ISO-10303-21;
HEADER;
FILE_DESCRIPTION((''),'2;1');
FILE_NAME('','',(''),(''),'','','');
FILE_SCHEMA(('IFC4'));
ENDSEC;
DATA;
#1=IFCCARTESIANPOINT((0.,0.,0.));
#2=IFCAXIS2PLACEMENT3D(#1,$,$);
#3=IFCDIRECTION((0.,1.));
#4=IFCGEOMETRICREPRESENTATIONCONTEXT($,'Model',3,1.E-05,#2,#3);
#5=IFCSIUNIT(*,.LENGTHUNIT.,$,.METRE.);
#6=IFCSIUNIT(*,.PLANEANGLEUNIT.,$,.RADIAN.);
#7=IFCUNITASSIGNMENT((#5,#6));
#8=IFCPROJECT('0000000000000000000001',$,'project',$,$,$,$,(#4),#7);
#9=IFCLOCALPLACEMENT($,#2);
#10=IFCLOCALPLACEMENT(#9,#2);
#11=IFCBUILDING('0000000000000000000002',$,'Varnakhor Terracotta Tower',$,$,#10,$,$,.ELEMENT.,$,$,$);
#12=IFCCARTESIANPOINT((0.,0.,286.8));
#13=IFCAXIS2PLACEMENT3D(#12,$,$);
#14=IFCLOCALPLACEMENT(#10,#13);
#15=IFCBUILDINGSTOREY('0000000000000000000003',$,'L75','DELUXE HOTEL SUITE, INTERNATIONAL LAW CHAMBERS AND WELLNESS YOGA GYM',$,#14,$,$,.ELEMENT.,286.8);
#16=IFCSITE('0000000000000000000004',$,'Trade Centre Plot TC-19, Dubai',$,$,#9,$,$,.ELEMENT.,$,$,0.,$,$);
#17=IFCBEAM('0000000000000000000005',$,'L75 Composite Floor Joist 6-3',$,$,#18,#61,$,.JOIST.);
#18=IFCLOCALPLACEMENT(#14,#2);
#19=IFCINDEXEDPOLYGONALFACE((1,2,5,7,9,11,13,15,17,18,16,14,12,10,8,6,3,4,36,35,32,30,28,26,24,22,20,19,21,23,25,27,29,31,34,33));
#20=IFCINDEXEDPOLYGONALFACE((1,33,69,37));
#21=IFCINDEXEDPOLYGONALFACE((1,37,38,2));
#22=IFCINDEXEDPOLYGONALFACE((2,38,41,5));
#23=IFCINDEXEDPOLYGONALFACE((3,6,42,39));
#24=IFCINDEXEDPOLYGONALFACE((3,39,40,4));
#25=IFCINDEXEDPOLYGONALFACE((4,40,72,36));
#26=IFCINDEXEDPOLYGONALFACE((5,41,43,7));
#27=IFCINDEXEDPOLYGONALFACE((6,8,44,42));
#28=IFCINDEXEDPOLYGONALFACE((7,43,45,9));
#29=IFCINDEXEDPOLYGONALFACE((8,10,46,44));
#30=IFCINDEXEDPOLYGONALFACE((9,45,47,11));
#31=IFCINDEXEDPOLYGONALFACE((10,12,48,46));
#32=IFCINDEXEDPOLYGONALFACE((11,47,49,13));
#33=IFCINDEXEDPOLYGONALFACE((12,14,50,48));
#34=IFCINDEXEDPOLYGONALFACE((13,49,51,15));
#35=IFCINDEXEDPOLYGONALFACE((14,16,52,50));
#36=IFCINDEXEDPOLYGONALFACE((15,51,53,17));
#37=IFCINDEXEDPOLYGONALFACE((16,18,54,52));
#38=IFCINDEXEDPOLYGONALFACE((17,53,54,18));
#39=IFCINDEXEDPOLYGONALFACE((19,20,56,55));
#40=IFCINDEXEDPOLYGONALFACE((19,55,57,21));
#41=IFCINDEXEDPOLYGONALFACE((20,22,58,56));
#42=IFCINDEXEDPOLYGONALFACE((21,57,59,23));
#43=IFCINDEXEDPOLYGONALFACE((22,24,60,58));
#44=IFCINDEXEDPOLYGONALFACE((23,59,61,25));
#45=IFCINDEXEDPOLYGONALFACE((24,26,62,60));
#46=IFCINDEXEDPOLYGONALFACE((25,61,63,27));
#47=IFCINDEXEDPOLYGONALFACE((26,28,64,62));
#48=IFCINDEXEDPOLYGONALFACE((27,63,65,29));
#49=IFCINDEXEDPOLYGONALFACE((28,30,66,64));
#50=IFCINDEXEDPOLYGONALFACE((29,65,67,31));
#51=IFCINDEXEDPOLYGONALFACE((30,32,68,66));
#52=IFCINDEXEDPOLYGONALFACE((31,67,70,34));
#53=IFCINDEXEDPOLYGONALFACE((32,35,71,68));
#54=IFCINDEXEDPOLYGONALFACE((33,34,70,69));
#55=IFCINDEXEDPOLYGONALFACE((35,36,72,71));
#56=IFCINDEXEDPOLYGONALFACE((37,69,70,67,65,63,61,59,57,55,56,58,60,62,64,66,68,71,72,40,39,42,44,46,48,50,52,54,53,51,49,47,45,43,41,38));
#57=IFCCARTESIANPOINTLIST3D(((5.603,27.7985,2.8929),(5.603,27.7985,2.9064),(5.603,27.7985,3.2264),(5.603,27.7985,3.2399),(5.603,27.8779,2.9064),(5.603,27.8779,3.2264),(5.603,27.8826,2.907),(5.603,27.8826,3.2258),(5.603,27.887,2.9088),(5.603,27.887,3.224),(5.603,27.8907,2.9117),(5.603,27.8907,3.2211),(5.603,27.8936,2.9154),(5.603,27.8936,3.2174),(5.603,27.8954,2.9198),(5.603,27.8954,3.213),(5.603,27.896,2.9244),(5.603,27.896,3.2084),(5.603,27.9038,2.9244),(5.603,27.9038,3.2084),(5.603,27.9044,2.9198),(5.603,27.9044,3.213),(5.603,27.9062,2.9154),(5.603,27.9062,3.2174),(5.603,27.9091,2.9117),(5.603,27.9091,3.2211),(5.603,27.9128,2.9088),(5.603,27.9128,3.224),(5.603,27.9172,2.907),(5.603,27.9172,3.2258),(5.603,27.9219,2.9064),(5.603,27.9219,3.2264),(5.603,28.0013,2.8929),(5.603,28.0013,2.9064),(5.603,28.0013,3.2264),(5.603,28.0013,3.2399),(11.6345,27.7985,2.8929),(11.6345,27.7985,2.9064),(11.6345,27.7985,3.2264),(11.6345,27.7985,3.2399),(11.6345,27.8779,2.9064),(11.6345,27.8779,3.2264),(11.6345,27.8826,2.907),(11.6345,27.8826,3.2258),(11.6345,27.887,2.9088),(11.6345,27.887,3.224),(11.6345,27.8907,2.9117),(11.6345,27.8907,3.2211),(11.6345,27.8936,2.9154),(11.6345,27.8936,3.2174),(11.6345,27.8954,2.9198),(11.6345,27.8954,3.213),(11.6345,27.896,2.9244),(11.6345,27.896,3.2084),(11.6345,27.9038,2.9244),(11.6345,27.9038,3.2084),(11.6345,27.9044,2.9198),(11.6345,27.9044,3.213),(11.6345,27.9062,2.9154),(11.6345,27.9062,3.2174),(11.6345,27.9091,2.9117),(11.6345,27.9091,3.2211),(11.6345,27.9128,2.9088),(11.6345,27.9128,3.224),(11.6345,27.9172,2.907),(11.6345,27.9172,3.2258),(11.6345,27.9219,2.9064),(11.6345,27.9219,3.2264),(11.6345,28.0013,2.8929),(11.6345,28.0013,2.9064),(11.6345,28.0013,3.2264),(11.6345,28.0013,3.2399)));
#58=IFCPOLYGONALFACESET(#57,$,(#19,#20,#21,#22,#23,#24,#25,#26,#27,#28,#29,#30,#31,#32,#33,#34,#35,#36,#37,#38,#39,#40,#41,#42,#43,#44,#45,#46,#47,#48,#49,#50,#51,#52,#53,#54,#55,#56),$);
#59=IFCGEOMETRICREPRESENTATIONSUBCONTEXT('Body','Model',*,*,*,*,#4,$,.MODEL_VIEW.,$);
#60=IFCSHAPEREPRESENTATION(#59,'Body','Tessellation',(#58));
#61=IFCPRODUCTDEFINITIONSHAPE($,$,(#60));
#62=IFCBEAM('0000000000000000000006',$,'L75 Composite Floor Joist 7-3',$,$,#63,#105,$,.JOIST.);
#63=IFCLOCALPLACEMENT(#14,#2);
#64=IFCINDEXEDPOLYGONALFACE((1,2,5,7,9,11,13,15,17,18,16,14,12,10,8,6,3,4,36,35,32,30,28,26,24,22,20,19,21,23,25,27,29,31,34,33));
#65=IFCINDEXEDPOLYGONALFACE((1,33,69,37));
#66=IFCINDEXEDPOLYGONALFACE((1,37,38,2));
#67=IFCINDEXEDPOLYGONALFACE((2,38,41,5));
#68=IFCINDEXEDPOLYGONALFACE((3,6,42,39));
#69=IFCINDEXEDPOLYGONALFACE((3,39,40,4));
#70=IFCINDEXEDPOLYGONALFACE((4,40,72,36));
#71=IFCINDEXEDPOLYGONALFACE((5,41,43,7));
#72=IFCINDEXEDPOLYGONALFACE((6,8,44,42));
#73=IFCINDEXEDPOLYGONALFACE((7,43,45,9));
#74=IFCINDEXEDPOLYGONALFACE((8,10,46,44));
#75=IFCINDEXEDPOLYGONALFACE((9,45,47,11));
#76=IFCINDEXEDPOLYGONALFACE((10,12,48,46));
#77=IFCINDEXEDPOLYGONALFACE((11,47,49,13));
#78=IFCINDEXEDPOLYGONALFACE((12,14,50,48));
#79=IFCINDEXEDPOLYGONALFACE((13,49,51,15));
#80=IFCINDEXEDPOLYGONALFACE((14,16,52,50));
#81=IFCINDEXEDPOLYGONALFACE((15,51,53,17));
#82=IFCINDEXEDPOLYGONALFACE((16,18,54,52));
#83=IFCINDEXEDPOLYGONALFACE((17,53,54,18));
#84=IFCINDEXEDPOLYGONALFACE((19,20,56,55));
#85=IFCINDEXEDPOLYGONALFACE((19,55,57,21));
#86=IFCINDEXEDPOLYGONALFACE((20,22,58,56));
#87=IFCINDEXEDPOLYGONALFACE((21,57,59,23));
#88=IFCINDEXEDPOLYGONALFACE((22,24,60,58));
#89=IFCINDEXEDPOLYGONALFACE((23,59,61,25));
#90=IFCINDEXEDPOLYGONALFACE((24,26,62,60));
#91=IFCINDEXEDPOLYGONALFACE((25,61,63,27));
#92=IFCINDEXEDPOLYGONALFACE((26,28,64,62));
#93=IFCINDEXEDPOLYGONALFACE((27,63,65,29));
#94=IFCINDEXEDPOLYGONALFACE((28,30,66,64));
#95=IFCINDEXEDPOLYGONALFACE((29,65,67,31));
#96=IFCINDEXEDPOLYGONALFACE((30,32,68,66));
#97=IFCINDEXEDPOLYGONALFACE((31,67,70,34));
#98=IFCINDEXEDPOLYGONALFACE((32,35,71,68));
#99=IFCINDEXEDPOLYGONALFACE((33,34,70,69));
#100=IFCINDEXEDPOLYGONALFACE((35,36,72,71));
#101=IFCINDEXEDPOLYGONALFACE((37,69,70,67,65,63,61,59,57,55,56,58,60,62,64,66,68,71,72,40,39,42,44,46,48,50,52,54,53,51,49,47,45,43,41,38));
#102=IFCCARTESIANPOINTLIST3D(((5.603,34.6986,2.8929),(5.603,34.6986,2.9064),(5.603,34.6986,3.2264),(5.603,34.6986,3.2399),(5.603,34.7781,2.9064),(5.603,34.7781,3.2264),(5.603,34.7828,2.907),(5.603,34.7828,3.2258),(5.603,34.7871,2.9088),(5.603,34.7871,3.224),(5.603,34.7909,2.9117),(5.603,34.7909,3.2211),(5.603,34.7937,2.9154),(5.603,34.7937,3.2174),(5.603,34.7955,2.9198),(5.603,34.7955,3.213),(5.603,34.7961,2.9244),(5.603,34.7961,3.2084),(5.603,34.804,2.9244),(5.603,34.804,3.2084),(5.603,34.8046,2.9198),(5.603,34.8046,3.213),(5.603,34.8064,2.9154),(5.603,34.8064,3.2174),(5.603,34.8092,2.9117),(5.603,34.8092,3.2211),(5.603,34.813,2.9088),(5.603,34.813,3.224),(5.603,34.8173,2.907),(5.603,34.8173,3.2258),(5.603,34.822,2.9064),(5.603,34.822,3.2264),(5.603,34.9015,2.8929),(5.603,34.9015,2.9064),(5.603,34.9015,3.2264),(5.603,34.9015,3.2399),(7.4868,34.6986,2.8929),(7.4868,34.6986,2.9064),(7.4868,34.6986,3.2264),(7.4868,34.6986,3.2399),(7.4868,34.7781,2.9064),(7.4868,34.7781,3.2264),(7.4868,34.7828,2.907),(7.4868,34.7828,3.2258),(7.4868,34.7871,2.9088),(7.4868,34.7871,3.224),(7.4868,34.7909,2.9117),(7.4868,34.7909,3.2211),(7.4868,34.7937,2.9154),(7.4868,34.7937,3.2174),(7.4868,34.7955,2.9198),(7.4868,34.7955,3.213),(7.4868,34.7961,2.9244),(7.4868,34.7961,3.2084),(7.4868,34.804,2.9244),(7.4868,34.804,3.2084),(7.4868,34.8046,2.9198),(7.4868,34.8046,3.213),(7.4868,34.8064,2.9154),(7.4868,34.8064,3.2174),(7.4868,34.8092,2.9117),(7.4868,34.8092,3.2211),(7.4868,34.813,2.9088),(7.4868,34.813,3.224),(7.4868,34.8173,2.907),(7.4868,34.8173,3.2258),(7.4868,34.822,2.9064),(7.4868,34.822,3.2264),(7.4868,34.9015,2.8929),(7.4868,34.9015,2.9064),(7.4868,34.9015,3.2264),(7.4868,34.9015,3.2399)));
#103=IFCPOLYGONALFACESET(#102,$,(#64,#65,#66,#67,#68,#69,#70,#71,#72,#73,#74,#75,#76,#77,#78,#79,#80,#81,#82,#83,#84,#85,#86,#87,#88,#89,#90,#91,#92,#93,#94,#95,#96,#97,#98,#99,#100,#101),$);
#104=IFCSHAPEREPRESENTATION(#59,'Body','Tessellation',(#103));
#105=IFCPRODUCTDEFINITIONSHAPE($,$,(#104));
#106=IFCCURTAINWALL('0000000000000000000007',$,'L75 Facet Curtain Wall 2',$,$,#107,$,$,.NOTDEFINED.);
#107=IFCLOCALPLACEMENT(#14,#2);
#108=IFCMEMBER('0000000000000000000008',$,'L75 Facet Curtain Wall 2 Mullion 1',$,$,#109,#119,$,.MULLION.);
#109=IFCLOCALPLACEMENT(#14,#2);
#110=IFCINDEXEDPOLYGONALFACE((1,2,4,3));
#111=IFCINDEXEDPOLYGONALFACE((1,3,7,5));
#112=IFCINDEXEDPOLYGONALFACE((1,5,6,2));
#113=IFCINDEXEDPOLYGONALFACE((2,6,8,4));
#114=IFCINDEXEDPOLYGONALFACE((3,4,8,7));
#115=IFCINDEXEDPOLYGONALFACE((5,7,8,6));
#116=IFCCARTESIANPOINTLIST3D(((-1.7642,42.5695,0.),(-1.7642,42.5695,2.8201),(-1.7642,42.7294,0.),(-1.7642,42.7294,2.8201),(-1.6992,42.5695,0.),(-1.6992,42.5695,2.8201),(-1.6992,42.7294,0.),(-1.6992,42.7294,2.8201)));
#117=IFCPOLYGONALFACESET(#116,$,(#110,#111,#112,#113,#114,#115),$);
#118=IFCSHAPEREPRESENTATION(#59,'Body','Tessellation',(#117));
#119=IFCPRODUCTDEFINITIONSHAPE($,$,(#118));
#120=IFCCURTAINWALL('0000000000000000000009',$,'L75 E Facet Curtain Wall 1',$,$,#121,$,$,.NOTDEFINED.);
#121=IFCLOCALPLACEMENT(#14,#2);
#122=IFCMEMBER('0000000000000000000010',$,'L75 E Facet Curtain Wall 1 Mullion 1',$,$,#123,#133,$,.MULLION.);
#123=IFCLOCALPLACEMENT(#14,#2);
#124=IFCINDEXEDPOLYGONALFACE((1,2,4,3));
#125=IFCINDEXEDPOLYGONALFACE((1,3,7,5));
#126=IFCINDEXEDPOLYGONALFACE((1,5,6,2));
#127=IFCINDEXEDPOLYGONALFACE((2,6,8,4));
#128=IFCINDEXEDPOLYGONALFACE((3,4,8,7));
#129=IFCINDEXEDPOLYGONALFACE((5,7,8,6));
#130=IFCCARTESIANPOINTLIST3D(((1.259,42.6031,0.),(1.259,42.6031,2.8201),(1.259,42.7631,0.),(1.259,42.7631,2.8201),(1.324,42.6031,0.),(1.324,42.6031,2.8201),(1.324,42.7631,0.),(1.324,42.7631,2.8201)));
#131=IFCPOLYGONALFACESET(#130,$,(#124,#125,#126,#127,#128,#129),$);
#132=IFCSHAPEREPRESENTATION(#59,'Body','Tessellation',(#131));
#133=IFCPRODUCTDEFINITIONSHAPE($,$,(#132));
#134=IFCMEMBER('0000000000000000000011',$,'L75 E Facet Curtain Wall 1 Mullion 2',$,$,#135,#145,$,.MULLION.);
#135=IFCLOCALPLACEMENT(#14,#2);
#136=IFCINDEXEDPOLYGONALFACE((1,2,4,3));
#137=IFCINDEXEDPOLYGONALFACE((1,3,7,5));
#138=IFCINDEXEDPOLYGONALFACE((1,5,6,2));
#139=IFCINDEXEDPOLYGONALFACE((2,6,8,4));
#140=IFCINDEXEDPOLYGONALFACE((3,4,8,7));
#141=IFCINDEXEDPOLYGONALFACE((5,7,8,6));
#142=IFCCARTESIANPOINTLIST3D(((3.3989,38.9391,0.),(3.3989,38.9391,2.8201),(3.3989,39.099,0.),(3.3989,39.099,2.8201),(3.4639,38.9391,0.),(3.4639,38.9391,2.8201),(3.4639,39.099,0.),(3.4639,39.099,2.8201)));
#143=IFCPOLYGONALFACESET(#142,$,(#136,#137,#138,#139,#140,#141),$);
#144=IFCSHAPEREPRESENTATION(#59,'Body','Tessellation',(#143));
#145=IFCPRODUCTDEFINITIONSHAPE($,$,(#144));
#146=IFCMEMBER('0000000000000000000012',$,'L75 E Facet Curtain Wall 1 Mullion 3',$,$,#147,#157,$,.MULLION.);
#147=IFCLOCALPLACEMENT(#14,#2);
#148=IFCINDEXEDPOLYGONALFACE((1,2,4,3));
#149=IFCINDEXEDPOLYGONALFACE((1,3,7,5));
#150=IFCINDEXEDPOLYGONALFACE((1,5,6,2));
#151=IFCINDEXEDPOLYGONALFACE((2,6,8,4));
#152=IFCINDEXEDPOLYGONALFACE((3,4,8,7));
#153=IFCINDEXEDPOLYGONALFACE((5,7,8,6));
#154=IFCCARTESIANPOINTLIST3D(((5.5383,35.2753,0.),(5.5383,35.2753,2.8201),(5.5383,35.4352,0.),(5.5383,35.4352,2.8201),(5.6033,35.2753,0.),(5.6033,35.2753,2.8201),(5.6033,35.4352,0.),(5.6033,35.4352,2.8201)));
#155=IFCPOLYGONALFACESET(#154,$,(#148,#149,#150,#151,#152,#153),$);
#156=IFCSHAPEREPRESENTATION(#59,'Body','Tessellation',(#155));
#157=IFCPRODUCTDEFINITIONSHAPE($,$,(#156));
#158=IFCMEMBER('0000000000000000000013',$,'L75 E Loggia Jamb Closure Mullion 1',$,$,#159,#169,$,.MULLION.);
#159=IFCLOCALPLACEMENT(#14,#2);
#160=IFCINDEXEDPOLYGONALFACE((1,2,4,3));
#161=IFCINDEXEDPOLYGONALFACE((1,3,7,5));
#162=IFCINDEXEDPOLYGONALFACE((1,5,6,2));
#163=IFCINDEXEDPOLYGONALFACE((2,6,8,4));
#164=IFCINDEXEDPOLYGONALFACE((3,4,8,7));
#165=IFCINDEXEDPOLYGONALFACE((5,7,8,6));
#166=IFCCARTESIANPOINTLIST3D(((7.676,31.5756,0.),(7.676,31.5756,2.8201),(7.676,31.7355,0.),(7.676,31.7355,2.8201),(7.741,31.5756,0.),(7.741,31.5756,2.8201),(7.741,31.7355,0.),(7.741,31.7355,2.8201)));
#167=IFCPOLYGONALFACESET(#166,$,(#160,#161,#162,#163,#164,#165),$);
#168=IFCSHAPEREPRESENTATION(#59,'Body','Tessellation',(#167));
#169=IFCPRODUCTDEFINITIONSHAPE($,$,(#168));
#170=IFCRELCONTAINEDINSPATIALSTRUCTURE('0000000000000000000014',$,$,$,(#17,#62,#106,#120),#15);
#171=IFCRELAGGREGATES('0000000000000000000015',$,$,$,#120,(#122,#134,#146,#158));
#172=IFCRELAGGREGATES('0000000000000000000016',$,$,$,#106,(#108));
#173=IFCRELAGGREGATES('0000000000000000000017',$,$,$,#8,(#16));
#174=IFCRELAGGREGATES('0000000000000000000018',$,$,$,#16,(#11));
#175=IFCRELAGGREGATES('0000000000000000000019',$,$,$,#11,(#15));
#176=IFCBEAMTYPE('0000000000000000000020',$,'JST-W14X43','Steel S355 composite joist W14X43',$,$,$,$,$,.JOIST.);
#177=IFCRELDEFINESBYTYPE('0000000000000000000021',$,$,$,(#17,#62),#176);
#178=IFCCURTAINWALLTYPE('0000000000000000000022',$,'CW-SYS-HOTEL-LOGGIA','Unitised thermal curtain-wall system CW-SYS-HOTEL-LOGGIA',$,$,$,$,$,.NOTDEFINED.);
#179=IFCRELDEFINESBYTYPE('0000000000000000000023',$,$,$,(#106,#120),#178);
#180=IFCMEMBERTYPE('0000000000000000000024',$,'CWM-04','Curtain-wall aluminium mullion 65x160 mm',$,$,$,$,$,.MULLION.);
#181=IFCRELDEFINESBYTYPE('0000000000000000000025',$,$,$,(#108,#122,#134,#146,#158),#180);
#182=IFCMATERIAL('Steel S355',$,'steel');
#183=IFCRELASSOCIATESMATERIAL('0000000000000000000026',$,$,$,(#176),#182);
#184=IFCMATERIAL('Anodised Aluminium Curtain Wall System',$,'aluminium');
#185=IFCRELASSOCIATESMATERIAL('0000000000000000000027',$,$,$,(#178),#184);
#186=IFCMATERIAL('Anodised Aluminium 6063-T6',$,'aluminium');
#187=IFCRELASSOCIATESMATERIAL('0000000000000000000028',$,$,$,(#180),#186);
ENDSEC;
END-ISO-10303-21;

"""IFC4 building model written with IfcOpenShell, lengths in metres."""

from ifc_helpers import new_model, si_unit, direction, frame, origin, origin_2d, place, context, subcontext, project, spatial, rectangle, i_section, extrude, source, transform, mapped, material, material_profile, profile_set, type_object, type_shapes, element, aggregate, save


model = new_model("IFC4")

# Units and contexts
model_context = context("Model", 3, precision=1e-05, world=origin(), true_north=direction((0.0, 1.0)))
body_context = subcontext(model_context, "Body", "Model", "MODEL_VIEW")
ifc_project = project(units=[si_unit("LENGTHUNIT", "METRE"), si_unit("PLANEANGLEUNIT", "RADIAN")], contexts=[model_context])

# Site, building, storey
site_placement = place(None, origin())
site = spatial("IfcSite", under=ifc_project, at=site_placement, Name="Trade Centre Plot TC-19, Dubai", CompositionType="ELEMENT", RefElevation=0.0)
building_placement = place(site_placement, origin())
building = spatial("IfcBuilding", under=site, at=building_placement, Name="Varnakhor Terracotta Tower", CompositionType="ELEMENT")
storey_placement = place(building_placement, frame((0.0, 0.0, 286.8)))
storey = spatial("IfcBuildingStorey", under=building, at=storey_placement, Name="L75", Description="DELUXE HOTEL SUITE, INTERNATIONAL LAW CHAMBERS AND WELLNESS YOGA GYM", CompositionType="ELEMENT", Elevation=286.8)

# Shared definitions
ifc_material_1 = material(Name="Steel S355", Category="steel")

# Beams
ifc_material_profile_1 = material_profile(ifc_material_1, i_section(OverallWidth=0.2029, OverallDepth=0.3469, WebThickness=0.0078, FlangeThickness=0.0134, FilletRadius=0.0181, at=origin_2d()), Name="W14X43")
ifc_profile_set_1 = profile_set([ifc_material_profile_1], Name="Steel S355")
beam_type_1 = type_object("IfcBeamType", Name="JST-W14X43", Description="Steel S355 composite joist W14X43", PredefinedType="JOIST", material=ifc_profile_set_1)
shared_shape_1 = source(origin(), body_context, "Body", "SweptSolid", [
    extrude(i_section(OverallWidth=0.2029, OverallDepth=0.3469, WebThickness=0.0078, FlangeThickness=0.0134, FilletRadius=0.0181, at=origin_2d()), origin(), (0.0, 0.0, 1.0), 6.0315),
])
beam_1_placement = place(storey_placement, frame((5.603, 27.8999, 3.0664), z_axis=(1.0, 0.0, 0.0), x_axis=(0.0, 1.0, 0.0)))
element("IfcBeam", 1, at=beam_1_placement, inside=storey, type_object=beam_type_1, Name="L75 Composite Floor Joist 6-3", PredefinedType="JOIST", context=body_context, shape_type="MappedRepresentation", body=[
    mapped(shared_shape_1, transform((0.0, 0.0, 0.0), scale=1.0)),
])
shared_shape_2 = source(origin(), body_context, "Body", "SweptSolid", [
    extrude(i_section(OverallWidth=0.2029, OverallDepth=0.3469, WebThickness=0.0078, FlangeThickness=0.0134, FilletRadius=0.0181, at=origin_2d()), origin(), (0.0, 0.0, 1.0), 1.8838),
])
beam_2_placement = place(storey_placement, frame((5.603, 34.8, 3.0664), z_axis=(1.0, 0.0, 0.0), x_axis=(0.0, 1.0, 0.0)))
element("IfcBeam", 2, at=beam_2_placement, inside=storey, type_object=beam_type_1, Name="L75 Composite Floor Joist 7-3", PredefinedType="JOIST", context=body_context, shape_type="MappedRepresentation", body=[
    mapped(shared_shape_2, transform((0.0, 0.0, 0.0), scale=1.0)),
])

# Curtain wall, member
ifc_material_2 = material(Name="Anodised Aluminium Curtain Wall System", Category="aluminium")
curtain_wall_type = type_object("IfcCurtainWallType", Name="CW-SYS-HOTEL-LOGGIA", Description="Unitised thermal curtain-wall system CW-SYS-HOTEL-LOGGIA", PredefinedType="NOTDEFINED", material=ifc_material_2)
curtain_wall_1_placement = place(storey_placement, origin())
curtain_wall_1 = element("IfcCurtainWall", 3, at=curtain_wall_1_placement, inside=storey, type_object=curtain_wall_type, Name="L75 Facet Curtain Wall 2", PredefinedType="NOTDEFINED")
ifc_material_3 = material(Name="Anodised Aluminium 6063-T6", Category="aluminium")
ifc_material_profile_2 = material_profile(ifc_material_3, rectangle(XDim=0.0649, YDim=0.1599, at=origin_2d()), Name="ALU MULLION 65x160")
ifc_profile_set_2 = profile_set([ifc_material_profile_2], Name="Anodised Aluminium 6063-T6")
member_type_1 = type_object("IfcMemberType", Name="CWM-04", Description="Curtain-wall aluminium mullion 65x160 mm", PredefinedType="MULLION", material=ifc_profile_set_2)
shared_shape_3 = source(origin(), body_context, "Body", "SweptSolid", [
    extrude(rectangle(XDim=0.0649, YDim=0.1599, at=origin_2d()), origin(), (0.0, 0.0, 1.0), 2.8201),
])
type_shapes(member_type_1, [shared_shape_3])
member_1_placement = place(storey_placement, frame((-1.7317, 42.6494, 0.0), z_axis=(0.0, 0.0, 1.0), x_axis=(1.0, 0.0, 0.0)))
member_1 = element("IfcMember", 4, at=member_1_placement, type_object=member_type_1, Name="L75 Facet Curtain Wall 2 Mullion 1", PredefinedType="MULLION", context=body_context, shape_type="MappedRepresentation", body=[
    mapped(shared_shape_3, transform((0.0, 0.0, 0.0), scale=1.0)),
])

# Curtain wall, members
curtain_wall_2_placement = place(storey_placement, origin())
curtain_wall_2 = element("IfcCurtainWall", 5, at=curtain_wall_2_placement, inside=storey, type_object=curtain_wall_type, Name="L75 E Facet Curtain Wall 1", PredefinedType="NOTDEFINED")
member_2_placement = place(storey_placement, frame((1.2915, 42.6831, 0.0), z_axis=(0.0, 0.0, 1.0), x_axis=(1.0, 0.0, 0.0)))
member_2 = element("IfcMember", 6, at=member_2_placement, type_object=member_type_1, Name="L75 E Facet Curtain Wall 1 Mullion 1", PredefinedType="MULLION", context=body_context, shape_type="MappedRepresentation", body=[
    mapped(shared_shape_3, transform((0.0, 0.0, 0.0), scale=1.0)),
])
member_3_placement = place(storey_placement, frame((3.4314, 39.019, 0.0), z_axis=(0.0, 0.0, 1.0), x_axis=(1.0, 0.0, 0.0)))
member_3 = element("IfcMember", 7, at=member_3_placement, type_object=member_type_1, Name="L75 E Facet Curtain Wall 1 Mullion 2", PredefinedType="MULLION", context=body_context, shape_type="MappedRepresentation", body=[
    mapped(shared_shape_3, transform((0.0, 0.0, 0.0), scale=1.0)),
])
member_4_placement = place(storey_placement, frame((5.5708, 35.3552, 0.0), z_axis=(0.0, 0.0, 1.0), x_axis=(1.0, 0.0, 0.0)))
member_4 = element("IfcMember", 8, at=member_4_placement, type_object=member_type_1, Name="L75 E Facet Curtain Wall 1 Mullion 3", PredefinedType="MULLION", context=body_context, shape_type="MappedRepresentation", body=[
    mapped(shared_shape_3, transform((0.0, 0.0, 0.0), scale=1.0)),
])
member_5_placement = place(storey_placement, frame((7.7085, 31.6555, 0.0), z_axis=(0.0, 0.0, 1.0), x_axis=(1.0, 0.0, 0.0)))
member_5 = element("IfcMember", 9, at=member_5_placement, type_object=member_type_1, Name="L75 E Loggia Jamb Closure Mullion 1", PredefinedType="MULLION", context=body_context, shape_type="MappedRepresentation", body=[
    mapped(shared_shape_3, transform((0.0, 0.0, 0.0), scale=1.0)),
])

aggregate(curtain_wall_2, [member_2, member_3, member_4, member_5])
aggregate(curtain_wall_1, [member_1])

save(model, "model.ifc")
